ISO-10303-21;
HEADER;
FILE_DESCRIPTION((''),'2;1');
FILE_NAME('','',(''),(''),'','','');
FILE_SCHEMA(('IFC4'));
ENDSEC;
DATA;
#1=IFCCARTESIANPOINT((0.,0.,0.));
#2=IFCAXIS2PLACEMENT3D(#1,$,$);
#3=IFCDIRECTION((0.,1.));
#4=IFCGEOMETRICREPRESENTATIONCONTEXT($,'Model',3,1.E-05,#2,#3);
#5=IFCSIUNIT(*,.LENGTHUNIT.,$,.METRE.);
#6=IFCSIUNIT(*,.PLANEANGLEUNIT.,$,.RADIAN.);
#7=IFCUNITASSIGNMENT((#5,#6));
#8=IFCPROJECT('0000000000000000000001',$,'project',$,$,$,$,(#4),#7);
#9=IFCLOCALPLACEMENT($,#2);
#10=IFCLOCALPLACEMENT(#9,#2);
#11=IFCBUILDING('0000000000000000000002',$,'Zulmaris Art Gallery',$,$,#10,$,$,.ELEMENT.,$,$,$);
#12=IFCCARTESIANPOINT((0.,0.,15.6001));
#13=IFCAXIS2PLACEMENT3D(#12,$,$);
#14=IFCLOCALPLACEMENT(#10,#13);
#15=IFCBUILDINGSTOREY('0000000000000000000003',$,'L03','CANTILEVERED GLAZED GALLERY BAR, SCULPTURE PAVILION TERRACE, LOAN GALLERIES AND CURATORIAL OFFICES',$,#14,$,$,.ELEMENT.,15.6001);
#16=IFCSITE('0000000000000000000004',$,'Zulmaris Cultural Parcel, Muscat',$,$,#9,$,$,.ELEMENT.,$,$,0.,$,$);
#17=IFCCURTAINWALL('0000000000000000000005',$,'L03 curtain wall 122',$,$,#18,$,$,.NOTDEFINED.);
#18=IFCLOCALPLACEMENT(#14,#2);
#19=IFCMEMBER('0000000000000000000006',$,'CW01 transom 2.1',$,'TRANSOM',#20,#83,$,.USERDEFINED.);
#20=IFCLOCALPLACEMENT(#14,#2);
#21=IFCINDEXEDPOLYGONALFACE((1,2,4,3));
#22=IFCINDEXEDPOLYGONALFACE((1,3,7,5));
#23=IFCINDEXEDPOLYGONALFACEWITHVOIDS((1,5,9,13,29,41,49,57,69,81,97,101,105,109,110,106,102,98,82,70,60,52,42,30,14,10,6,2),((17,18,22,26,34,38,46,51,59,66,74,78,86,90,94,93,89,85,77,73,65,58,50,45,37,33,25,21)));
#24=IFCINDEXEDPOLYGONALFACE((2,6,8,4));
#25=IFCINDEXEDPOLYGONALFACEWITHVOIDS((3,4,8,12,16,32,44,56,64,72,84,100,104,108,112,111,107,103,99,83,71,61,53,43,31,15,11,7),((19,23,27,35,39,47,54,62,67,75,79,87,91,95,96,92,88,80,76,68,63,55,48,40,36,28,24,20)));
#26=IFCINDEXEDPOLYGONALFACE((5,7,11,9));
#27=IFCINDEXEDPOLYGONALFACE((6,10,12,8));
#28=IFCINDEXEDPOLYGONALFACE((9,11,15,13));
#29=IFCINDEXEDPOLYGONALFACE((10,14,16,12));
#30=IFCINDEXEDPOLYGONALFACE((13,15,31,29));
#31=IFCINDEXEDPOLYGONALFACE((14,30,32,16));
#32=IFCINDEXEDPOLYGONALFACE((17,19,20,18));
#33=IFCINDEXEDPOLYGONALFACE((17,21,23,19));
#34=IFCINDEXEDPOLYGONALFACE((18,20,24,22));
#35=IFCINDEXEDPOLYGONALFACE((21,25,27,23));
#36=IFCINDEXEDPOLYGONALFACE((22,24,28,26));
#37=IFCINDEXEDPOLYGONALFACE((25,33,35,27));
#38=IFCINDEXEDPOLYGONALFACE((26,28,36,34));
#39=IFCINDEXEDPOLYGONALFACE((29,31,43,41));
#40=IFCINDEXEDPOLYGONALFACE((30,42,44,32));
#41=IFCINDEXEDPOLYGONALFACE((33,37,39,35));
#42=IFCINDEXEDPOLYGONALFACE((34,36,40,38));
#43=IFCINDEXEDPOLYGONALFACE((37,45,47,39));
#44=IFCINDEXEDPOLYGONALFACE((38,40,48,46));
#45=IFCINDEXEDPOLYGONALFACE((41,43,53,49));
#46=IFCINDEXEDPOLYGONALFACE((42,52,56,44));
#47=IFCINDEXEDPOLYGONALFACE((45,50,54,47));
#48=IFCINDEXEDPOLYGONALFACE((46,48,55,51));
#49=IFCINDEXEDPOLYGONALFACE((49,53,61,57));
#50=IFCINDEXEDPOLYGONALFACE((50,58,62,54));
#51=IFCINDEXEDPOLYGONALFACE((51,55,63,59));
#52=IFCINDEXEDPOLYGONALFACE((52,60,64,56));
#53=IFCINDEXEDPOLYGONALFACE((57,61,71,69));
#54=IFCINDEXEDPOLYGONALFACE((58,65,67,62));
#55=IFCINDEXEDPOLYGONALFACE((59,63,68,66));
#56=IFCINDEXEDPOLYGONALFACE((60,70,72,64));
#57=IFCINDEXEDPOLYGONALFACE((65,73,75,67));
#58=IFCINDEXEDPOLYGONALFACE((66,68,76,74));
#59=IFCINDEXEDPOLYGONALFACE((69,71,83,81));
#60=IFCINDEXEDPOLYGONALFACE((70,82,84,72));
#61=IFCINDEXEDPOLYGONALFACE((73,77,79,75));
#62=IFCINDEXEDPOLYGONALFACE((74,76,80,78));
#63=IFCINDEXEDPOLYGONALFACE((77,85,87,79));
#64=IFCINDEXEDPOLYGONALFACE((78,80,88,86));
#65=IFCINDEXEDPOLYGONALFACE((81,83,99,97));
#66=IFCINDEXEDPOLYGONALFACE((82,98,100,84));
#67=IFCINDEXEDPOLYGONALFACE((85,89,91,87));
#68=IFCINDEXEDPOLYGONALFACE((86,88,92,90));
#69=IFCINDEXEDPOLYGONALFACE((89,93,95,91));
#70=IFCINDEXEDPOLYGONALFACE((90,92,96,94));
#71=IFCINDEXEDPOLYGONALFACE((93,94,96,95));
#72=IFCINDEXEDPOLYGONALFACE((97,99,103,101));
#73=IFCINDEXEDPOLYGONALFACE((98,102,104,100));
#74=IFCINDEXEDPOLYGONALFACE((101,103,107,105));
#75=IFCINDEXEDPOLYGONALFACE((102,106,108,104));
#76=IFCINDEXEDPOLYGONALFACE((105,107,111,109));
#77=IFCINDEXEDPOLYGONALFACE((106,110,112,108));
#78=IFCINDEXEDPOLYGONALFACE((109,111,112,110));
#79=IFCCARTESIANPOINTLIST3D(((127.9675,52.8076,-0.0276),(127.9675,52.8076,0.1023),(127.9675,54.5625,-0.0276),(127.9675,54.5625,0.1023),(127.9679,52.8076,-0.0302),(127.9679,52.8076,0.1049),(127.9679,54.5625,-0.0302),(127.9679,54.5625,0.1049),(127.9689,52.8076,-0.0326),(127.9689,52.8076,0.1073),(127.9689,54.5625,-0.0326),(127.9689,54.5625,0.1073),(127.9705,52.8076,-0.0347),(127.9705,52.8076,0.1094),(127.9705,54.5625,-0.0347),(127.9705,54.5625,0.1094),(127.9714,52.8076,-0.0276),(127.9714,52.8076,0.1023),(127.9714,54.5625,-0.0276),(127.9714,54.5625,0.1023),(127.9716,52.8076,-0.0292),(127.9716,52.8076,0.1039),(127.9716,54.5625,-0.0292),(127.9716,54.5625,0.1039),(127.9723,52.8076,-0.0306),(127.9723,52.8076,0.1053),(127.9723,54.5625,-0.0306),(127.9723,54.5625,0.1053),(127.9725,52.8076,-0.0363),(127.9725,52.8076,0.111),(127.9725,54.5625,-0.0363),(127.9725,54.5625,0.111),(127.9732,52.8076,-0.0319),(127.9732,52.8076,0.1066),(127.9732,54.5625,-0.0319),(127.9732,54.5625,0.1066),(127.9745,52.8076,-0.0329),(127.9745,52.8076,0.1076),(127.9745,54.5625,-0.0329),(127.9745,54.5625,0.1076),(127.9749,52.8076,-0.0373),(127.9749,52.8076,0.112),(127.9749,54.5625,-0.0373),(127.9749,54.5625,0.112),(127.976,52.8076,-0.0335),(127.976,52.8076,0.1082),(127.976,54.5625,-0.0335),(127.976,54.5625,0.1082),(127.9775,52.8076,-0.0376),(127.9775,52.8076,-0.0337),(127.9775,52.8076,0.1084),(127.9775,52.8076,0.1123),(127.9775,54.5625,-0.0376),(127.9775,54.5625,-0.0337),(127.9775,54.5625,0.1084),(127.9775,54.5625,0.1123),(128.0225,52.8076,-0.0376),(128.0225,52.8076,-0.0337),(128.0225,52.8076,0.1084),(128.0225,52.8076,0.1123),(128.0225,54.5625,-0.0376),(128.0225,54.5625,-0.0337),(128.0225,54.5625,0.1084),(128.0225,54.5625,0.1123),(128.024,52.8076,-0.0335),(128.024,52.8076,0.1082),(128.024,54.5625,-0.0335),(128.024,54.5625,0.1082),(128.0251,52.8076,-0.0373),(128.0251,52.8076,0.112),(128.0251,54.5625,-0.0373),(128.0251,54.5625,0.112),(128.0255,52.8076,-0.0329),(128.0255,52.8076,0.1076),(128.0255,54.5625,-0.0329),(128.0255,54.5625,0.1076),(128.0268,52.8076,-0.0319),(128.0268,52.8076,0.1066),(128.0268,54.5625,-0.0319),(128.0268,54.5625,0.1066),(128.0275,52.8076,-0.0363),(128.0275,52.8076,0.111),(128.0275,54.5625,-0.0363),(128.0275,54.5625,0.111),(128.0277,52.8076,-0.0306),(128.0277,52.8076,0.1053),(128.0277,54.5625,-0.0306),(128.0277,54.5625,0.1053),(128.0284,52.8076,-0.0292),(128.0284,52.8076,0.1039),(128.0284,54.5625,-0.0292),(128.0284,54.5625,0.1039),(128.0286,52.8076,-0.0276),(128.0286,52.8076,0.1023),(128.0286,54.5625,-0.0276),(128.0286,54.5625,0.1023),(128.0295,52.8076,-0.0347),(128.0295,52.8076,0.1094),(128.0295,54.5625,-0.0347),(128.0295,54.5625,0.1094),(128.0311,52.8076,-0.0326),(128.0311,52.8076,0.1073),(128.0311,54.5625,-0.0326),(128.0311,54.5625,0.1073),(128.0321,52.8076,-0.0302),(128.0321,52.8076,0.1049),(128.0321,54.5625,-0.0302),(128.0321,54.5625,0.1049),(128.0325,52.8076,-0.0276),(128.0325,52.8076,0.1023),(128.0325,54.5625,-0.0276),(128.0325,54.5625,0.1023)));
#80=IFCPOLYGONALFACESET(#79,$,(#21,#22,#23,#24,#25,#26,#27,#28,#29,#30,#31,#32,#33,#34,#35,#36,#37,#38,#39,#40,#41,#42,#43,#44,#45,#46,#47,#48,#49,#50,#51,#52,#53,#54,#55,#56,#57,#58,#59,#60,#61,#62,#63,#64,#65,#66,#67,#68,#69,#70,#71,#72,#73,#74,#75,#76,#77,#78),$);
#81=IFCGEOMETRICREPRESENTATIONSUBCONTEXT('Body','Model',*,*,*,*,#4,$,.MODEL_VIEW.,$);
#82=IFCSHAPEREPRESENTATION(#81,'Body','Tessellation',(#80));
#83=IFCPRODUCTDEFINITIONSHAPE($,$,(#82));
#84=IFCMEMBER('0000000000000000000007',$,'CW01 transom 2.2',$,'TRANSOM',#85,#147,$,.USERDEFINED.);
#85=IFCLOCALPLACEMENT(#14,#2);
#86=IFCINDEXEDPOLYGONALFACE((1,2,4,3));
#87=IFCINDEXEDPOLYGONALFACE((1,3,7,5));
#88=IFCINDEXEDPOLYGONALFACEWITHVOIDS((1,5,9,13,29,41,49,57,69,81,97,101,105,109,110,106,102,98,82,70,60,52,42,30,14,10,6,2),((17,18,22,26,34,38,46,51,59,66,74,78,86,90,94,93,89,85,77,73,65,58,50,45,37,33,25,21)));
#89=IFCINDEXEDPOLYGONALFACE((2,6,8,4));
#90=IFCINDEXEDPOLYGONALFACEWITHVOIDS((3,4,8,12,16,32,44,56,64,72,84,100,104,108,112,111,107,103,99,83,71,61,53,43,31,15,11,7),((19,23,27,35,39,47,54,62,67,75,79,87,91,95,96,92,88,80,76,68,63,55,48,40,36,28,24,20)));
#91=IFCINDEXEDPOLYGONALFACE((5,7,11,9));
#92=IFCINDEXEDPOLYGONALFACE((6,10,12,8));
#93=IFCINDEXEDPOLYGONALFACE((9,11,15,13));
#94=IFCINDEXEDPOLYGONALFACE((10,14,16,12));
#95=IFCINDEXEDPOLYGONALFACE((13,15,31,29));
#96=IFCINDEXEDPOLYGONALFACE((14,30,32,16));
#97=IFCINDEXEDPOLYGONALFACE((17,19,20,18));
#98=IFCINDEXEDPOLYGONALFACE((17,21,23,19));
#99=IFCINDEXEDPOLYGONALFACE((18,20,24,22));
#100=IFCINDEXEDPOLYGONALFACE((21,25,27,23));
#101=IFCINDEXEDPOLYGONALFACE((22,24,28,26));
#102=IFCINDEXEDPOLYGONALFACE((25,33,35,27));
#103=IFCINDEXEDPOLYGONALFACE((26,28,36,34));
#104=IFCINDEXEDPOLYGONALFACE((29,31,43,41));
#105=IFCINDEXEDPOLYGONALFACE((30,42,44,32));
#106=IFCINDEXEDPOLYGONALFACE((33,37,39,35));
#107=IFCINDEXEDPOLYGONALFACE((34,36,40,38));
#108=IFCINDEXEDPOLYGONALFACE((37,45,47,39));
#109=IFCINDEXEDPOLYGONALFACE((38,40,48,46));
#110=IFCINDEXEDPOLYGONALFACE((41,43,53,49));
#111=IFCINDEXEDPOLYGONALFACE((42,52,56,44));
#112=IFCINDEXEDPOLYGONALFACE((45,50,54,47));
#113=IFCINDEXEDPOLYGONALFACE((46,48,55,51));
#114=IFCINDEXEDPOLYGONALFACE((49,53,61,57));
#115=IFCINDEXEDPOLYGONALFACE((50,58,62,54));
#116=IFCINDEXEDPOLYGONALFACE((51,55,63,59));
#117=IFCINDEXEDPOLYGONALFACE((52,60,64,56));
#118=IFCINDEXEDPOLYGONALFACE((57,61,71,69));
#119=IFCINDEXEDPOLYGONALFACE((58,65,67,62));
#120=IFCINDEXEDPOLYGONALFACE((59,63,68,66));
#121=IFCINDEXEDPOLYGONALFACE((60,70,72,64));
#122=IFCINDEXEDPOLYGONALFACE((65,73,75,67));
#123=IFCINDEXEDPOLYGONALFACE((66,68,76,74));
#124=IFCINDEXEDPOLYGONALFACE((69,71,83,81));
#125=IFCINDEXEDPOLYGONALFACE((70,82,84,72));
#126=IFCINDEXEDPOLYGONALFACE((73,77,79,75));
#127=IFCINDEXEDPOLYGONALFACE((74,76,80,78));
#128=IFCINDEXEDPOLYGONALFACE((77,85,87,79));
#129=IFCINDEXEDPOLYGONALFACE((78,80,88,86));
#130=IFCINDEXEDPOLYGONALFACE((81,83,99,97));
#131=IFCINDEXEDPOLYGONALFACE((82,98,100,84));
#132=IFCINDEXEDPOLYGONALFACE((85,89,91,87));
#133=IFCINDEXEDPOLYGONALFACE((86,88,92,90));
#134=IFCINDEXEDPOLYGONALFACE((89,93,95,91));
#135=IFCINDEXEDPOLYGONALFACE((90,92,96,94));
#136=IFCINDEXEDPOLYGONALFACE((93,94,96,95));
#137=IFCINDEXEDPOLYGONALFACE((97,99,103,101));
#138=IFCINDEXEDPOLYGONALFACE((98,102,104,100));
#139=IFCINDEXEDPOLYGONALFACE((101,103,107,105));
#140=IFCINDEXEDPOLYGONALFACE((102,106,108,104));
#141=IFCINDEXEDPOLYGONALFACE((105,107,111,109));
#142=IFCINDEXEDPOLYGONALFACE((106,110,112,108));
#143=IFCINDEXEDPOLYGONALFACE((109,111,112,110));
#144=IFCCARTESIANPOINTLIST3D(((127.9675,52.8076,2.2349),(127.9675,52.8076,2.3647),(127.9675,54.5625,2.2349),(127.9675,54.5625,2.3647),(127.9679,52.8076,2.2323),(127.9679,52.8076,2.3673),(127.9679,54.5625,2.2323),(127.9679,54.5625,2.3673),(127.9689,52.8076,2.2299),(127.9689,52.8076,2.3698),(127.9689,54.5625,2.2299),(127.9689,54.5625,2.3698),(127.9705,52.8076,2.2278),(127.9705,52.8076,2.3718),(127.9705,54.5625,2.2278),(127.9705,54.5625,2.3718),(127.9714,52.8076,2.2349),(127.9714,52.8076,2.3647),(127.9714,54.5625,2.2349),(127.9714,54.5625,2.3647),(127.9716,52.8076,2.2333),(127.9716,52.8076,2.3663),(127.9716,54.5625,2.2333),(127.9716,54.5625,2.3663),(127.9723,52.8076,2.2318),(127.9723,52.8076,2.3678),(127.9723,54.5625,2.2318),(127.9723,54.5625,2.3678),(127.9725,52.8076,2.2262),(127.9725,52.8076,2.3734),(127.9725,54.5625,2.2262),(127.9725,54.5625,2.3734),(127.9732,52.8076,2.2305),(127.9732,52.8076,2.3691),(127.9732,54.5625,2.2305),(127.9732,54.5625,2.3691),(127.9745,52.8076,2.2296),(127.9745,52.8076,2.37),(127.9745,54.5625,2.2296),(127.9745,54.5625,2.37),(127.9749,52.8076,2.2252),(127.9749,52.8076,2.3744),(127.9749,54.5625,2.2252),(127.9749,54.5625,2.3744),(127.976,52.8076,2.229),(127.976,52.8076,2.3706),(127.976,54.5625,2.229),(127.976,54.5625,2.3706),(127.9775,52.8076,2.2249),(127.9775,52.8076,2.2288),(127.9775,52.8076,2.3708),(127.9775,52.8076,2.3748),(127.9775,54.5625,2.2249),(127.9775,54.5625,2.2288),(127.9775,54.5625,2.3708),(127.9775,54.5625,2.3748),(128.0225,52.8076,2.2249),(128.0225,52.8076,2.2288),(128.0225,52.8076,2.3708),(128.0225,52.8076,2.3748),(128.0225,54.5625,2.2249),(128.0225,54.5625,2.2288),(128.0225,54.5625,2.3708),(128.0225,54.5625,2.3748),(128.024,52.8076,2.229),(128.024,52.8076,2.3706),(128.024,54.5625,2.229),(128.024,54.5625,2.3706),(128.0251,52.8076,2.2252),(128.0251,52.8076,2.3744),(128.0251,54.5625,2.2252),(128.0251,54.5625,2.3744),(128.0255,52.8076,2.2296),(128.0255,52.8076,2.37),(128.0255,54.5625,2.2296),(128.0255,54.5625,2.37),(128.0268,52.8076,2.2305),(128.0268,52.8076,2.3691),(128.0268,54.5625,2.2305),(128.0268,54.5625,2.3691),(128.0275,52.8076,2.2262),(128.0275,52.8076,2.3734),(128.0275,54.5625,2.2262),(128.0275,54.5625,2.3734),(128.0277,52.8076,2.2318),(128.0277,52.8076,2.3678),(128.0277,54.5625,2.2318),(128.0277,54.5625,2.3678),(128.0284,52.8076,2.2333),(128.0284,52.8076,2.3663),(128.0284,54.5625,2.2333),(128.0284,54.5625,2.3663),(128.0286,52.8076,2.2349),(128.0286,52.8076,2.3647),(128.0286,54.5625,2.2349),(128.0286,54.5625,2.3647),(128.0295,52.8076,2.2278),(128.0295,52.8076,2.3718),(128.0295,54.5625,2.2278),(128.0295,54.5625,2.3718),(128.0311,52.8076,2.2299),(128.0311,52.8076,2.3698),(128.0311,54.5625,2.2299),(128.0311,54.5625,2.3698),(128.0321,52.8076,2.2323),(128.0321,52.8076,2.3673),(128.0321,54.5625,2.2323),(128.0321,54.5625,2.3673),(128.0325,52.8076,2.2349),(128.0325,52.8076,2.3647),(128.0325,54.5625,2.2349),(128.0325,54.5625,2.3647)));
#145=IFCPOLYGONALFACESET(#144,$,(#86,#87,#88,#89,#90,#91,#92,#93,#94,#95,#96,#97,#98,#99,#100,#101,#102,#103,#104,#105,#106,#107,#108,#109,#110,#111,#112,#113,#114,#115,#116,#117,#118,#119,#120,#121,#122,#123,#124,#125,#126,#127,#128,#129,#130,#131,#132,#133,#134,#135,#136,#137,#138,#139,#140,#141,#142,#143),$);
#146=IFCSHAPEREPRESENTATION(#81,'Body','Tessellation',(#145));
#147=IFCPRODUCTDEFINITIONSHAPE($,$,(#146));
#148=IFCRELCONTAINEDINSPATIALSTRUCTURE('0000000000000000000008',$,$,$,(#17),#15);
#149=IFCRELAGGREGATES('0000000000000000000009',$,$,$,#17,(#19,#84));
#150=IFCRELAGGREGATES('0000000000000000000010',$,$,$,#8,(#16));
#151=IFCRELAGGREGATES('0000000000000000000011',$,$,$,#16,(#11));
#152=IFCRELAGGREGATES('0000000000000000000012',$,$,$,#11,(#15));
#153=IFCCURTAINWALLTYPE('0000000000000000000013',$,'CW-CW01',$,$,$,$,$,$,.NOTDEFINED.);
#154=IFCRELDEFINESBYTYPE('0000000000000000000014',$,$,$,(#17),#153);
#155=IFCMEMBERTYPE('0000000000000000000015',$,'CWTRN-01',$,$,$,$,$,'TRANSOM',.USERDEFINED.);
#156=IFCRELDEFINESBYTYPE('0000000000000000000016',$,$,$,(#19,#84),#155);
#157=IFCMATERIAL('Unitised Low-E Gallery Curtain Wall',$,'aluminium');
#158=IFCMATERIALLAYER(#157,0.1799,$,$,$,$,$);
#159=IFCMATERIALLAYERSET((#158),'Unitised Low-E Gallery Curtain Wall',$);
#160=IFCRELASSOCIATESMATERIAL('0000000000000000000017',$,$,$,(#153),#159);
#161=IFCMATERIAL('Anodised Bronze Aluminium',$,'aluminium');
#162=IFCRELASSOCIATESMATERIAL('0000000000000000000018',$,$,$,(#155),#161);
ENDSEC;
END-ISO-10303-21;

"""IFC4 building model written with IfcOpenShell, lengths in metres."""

from ifc_helpers import new_model, si_unit, direction, frame, origin, origin_2d, place, context, subcontext, project, spatial, hollow_rectangle, extrude, material, layer, layer_set, material_profile, profile_set, type_object, element, aggregate, save


model = new_model("IFC4")

# Units and contexts
model_context = context("Model", 3, precision=1e-05, world=origin(), true_north=direction((0.0, 1.0)))
body_context = subcontext(model_context, "Body", "Model", "MODEL_VIEW")
ifc_project = project(units=[si_unit("LENGTHUNIT", "METRE"), si_unit("PLANEANGLEUNIT", "RADIAN")], contexts=[model_context])

# Site, building, storey
site_placement = place(None, origin())
site = spatial("IfcSite", under=ifc_project, at=site_placement, Name="Zulmaris Cultural Parcel, Muscat", CompositionType="ELEMENT", RefElevation=0.0)
building_placement = place(site_placement, origin())
building = spatial("IfcBuilding", under=site, at=building_placement, Name="Zulmaris Art Gallery", CompositionType="ELEMENT")
storey_placement = place(building_placement, frame((0.0, 0.0, 15.6001)))
storey = spatial("IfcBuildingStorey", under=building, at=storey_placement, Name="L03", Description="CANTILEVERED GLAZED GALLERY BAR, SCULPTURE PAVILION TERRACE, LOAN GALLERIES AND CURATORIAL OFFICES", CompositionType="ELEMENT", Elevation=15.6001)

# Curtain wall, members
ifc_material_1 = material(Name="Unitised Low-E Gallery Curtain Wall", Category="aluminium")
ifc_layer_1 = layer(ifc_material_1, 0.1799)
ifc_layer_set_1 = layer_set([ifc_layer_1], Name="Unitised Low-E Gallery Curtain Wall")
curtain_wall_type = type_object("IfcCurtainWallType", Name="CW-CW01", PredefinedType="NOTDEFINED", material=ifc_layer_set_1)
curtain_wall_placement = place(storey_placement, origin())
curtain_wall = element("IfcCurtainWall", 1, at=curtain_wall_placement, inside=storey, type_object=curtain_wall_type, Name="L03 curtain wall 122", PredefinedType="NOTDEFINED")
ifc_material_2 = material(Name="Anodised Bronze Aluminium", Category="aluminium")
ifc_material_profile_1 = material_profile(ifc_material_2, hollow_rectangle(XDim=0.0649, YDim=0.1499, WallThickness=0.0039, InnerFilletRadius=0.0061, OuterFilletRadius=0.01, at=origin_2d()), Name="ALU 65x150x4")
ifc_profile_set_1 = profile_set([ifc_material_profile_1], Name="Anodised Bronze Aluminium")
member_type_1 = type_object("IfcMemberType", Name="CWTRN-01", ElementType="TRANSOM", PredefinedType="USERDEFINED", material=ifc_profile_set_1)
member_1_placement = place(storey_placement, frame((128.0, 52.8076, 0.0374), z_axis=(0.0, 1.0, 0.0), x_axis=(-1.0, 0.0, 0.0)))
member_1 = element("IfcMember", 2, at=member_1_placement, type_object=member_type_1, Name="CW01 transom 2.1", ObjectType="TRANSOM", PredefinedType="USERDEFINED", context=body_context, shape_type="SweptSolid", body=[
    extrude(hollow_rectangle(XDim=0.0649, YDim=0.1499, WallThickness=0.0039, InnerFilletRadius=0.0061, OuterFilletRadius=0.01, at=origin_2d()), origin(), (0.0, 0.0, 1.0), 1.7549),
])
member_2_placement = place(storey_placement, frame((128.0, 52.8076, 2.2998), z_axis=(0.0, 1.0, 0.0), x_axis=(-1.0, 0.0, 0.0)))
member_2 = element("IfcMember", 3, at=member_2_placement, type_object=member_type_1, Name="CW01 transom 2.2", ObjectType="TRANSOM", PredefinedType="USERDEFINED", context=body_context, shape_type="SweptSolid", body=[
    extrude(hollow_rectangle(XDim=0.0649, YDim=0.1499, WallThickness=0.0039, InnerFilletRadius=0.0061, OuterFilletRadius=0.01, at=origin_2d()), origin(), (0.0, 0.0, 1.0), 1.7549),
])
aggregate(curtain_wall, [member_1, member_2])

save(model, "model.ifc")
